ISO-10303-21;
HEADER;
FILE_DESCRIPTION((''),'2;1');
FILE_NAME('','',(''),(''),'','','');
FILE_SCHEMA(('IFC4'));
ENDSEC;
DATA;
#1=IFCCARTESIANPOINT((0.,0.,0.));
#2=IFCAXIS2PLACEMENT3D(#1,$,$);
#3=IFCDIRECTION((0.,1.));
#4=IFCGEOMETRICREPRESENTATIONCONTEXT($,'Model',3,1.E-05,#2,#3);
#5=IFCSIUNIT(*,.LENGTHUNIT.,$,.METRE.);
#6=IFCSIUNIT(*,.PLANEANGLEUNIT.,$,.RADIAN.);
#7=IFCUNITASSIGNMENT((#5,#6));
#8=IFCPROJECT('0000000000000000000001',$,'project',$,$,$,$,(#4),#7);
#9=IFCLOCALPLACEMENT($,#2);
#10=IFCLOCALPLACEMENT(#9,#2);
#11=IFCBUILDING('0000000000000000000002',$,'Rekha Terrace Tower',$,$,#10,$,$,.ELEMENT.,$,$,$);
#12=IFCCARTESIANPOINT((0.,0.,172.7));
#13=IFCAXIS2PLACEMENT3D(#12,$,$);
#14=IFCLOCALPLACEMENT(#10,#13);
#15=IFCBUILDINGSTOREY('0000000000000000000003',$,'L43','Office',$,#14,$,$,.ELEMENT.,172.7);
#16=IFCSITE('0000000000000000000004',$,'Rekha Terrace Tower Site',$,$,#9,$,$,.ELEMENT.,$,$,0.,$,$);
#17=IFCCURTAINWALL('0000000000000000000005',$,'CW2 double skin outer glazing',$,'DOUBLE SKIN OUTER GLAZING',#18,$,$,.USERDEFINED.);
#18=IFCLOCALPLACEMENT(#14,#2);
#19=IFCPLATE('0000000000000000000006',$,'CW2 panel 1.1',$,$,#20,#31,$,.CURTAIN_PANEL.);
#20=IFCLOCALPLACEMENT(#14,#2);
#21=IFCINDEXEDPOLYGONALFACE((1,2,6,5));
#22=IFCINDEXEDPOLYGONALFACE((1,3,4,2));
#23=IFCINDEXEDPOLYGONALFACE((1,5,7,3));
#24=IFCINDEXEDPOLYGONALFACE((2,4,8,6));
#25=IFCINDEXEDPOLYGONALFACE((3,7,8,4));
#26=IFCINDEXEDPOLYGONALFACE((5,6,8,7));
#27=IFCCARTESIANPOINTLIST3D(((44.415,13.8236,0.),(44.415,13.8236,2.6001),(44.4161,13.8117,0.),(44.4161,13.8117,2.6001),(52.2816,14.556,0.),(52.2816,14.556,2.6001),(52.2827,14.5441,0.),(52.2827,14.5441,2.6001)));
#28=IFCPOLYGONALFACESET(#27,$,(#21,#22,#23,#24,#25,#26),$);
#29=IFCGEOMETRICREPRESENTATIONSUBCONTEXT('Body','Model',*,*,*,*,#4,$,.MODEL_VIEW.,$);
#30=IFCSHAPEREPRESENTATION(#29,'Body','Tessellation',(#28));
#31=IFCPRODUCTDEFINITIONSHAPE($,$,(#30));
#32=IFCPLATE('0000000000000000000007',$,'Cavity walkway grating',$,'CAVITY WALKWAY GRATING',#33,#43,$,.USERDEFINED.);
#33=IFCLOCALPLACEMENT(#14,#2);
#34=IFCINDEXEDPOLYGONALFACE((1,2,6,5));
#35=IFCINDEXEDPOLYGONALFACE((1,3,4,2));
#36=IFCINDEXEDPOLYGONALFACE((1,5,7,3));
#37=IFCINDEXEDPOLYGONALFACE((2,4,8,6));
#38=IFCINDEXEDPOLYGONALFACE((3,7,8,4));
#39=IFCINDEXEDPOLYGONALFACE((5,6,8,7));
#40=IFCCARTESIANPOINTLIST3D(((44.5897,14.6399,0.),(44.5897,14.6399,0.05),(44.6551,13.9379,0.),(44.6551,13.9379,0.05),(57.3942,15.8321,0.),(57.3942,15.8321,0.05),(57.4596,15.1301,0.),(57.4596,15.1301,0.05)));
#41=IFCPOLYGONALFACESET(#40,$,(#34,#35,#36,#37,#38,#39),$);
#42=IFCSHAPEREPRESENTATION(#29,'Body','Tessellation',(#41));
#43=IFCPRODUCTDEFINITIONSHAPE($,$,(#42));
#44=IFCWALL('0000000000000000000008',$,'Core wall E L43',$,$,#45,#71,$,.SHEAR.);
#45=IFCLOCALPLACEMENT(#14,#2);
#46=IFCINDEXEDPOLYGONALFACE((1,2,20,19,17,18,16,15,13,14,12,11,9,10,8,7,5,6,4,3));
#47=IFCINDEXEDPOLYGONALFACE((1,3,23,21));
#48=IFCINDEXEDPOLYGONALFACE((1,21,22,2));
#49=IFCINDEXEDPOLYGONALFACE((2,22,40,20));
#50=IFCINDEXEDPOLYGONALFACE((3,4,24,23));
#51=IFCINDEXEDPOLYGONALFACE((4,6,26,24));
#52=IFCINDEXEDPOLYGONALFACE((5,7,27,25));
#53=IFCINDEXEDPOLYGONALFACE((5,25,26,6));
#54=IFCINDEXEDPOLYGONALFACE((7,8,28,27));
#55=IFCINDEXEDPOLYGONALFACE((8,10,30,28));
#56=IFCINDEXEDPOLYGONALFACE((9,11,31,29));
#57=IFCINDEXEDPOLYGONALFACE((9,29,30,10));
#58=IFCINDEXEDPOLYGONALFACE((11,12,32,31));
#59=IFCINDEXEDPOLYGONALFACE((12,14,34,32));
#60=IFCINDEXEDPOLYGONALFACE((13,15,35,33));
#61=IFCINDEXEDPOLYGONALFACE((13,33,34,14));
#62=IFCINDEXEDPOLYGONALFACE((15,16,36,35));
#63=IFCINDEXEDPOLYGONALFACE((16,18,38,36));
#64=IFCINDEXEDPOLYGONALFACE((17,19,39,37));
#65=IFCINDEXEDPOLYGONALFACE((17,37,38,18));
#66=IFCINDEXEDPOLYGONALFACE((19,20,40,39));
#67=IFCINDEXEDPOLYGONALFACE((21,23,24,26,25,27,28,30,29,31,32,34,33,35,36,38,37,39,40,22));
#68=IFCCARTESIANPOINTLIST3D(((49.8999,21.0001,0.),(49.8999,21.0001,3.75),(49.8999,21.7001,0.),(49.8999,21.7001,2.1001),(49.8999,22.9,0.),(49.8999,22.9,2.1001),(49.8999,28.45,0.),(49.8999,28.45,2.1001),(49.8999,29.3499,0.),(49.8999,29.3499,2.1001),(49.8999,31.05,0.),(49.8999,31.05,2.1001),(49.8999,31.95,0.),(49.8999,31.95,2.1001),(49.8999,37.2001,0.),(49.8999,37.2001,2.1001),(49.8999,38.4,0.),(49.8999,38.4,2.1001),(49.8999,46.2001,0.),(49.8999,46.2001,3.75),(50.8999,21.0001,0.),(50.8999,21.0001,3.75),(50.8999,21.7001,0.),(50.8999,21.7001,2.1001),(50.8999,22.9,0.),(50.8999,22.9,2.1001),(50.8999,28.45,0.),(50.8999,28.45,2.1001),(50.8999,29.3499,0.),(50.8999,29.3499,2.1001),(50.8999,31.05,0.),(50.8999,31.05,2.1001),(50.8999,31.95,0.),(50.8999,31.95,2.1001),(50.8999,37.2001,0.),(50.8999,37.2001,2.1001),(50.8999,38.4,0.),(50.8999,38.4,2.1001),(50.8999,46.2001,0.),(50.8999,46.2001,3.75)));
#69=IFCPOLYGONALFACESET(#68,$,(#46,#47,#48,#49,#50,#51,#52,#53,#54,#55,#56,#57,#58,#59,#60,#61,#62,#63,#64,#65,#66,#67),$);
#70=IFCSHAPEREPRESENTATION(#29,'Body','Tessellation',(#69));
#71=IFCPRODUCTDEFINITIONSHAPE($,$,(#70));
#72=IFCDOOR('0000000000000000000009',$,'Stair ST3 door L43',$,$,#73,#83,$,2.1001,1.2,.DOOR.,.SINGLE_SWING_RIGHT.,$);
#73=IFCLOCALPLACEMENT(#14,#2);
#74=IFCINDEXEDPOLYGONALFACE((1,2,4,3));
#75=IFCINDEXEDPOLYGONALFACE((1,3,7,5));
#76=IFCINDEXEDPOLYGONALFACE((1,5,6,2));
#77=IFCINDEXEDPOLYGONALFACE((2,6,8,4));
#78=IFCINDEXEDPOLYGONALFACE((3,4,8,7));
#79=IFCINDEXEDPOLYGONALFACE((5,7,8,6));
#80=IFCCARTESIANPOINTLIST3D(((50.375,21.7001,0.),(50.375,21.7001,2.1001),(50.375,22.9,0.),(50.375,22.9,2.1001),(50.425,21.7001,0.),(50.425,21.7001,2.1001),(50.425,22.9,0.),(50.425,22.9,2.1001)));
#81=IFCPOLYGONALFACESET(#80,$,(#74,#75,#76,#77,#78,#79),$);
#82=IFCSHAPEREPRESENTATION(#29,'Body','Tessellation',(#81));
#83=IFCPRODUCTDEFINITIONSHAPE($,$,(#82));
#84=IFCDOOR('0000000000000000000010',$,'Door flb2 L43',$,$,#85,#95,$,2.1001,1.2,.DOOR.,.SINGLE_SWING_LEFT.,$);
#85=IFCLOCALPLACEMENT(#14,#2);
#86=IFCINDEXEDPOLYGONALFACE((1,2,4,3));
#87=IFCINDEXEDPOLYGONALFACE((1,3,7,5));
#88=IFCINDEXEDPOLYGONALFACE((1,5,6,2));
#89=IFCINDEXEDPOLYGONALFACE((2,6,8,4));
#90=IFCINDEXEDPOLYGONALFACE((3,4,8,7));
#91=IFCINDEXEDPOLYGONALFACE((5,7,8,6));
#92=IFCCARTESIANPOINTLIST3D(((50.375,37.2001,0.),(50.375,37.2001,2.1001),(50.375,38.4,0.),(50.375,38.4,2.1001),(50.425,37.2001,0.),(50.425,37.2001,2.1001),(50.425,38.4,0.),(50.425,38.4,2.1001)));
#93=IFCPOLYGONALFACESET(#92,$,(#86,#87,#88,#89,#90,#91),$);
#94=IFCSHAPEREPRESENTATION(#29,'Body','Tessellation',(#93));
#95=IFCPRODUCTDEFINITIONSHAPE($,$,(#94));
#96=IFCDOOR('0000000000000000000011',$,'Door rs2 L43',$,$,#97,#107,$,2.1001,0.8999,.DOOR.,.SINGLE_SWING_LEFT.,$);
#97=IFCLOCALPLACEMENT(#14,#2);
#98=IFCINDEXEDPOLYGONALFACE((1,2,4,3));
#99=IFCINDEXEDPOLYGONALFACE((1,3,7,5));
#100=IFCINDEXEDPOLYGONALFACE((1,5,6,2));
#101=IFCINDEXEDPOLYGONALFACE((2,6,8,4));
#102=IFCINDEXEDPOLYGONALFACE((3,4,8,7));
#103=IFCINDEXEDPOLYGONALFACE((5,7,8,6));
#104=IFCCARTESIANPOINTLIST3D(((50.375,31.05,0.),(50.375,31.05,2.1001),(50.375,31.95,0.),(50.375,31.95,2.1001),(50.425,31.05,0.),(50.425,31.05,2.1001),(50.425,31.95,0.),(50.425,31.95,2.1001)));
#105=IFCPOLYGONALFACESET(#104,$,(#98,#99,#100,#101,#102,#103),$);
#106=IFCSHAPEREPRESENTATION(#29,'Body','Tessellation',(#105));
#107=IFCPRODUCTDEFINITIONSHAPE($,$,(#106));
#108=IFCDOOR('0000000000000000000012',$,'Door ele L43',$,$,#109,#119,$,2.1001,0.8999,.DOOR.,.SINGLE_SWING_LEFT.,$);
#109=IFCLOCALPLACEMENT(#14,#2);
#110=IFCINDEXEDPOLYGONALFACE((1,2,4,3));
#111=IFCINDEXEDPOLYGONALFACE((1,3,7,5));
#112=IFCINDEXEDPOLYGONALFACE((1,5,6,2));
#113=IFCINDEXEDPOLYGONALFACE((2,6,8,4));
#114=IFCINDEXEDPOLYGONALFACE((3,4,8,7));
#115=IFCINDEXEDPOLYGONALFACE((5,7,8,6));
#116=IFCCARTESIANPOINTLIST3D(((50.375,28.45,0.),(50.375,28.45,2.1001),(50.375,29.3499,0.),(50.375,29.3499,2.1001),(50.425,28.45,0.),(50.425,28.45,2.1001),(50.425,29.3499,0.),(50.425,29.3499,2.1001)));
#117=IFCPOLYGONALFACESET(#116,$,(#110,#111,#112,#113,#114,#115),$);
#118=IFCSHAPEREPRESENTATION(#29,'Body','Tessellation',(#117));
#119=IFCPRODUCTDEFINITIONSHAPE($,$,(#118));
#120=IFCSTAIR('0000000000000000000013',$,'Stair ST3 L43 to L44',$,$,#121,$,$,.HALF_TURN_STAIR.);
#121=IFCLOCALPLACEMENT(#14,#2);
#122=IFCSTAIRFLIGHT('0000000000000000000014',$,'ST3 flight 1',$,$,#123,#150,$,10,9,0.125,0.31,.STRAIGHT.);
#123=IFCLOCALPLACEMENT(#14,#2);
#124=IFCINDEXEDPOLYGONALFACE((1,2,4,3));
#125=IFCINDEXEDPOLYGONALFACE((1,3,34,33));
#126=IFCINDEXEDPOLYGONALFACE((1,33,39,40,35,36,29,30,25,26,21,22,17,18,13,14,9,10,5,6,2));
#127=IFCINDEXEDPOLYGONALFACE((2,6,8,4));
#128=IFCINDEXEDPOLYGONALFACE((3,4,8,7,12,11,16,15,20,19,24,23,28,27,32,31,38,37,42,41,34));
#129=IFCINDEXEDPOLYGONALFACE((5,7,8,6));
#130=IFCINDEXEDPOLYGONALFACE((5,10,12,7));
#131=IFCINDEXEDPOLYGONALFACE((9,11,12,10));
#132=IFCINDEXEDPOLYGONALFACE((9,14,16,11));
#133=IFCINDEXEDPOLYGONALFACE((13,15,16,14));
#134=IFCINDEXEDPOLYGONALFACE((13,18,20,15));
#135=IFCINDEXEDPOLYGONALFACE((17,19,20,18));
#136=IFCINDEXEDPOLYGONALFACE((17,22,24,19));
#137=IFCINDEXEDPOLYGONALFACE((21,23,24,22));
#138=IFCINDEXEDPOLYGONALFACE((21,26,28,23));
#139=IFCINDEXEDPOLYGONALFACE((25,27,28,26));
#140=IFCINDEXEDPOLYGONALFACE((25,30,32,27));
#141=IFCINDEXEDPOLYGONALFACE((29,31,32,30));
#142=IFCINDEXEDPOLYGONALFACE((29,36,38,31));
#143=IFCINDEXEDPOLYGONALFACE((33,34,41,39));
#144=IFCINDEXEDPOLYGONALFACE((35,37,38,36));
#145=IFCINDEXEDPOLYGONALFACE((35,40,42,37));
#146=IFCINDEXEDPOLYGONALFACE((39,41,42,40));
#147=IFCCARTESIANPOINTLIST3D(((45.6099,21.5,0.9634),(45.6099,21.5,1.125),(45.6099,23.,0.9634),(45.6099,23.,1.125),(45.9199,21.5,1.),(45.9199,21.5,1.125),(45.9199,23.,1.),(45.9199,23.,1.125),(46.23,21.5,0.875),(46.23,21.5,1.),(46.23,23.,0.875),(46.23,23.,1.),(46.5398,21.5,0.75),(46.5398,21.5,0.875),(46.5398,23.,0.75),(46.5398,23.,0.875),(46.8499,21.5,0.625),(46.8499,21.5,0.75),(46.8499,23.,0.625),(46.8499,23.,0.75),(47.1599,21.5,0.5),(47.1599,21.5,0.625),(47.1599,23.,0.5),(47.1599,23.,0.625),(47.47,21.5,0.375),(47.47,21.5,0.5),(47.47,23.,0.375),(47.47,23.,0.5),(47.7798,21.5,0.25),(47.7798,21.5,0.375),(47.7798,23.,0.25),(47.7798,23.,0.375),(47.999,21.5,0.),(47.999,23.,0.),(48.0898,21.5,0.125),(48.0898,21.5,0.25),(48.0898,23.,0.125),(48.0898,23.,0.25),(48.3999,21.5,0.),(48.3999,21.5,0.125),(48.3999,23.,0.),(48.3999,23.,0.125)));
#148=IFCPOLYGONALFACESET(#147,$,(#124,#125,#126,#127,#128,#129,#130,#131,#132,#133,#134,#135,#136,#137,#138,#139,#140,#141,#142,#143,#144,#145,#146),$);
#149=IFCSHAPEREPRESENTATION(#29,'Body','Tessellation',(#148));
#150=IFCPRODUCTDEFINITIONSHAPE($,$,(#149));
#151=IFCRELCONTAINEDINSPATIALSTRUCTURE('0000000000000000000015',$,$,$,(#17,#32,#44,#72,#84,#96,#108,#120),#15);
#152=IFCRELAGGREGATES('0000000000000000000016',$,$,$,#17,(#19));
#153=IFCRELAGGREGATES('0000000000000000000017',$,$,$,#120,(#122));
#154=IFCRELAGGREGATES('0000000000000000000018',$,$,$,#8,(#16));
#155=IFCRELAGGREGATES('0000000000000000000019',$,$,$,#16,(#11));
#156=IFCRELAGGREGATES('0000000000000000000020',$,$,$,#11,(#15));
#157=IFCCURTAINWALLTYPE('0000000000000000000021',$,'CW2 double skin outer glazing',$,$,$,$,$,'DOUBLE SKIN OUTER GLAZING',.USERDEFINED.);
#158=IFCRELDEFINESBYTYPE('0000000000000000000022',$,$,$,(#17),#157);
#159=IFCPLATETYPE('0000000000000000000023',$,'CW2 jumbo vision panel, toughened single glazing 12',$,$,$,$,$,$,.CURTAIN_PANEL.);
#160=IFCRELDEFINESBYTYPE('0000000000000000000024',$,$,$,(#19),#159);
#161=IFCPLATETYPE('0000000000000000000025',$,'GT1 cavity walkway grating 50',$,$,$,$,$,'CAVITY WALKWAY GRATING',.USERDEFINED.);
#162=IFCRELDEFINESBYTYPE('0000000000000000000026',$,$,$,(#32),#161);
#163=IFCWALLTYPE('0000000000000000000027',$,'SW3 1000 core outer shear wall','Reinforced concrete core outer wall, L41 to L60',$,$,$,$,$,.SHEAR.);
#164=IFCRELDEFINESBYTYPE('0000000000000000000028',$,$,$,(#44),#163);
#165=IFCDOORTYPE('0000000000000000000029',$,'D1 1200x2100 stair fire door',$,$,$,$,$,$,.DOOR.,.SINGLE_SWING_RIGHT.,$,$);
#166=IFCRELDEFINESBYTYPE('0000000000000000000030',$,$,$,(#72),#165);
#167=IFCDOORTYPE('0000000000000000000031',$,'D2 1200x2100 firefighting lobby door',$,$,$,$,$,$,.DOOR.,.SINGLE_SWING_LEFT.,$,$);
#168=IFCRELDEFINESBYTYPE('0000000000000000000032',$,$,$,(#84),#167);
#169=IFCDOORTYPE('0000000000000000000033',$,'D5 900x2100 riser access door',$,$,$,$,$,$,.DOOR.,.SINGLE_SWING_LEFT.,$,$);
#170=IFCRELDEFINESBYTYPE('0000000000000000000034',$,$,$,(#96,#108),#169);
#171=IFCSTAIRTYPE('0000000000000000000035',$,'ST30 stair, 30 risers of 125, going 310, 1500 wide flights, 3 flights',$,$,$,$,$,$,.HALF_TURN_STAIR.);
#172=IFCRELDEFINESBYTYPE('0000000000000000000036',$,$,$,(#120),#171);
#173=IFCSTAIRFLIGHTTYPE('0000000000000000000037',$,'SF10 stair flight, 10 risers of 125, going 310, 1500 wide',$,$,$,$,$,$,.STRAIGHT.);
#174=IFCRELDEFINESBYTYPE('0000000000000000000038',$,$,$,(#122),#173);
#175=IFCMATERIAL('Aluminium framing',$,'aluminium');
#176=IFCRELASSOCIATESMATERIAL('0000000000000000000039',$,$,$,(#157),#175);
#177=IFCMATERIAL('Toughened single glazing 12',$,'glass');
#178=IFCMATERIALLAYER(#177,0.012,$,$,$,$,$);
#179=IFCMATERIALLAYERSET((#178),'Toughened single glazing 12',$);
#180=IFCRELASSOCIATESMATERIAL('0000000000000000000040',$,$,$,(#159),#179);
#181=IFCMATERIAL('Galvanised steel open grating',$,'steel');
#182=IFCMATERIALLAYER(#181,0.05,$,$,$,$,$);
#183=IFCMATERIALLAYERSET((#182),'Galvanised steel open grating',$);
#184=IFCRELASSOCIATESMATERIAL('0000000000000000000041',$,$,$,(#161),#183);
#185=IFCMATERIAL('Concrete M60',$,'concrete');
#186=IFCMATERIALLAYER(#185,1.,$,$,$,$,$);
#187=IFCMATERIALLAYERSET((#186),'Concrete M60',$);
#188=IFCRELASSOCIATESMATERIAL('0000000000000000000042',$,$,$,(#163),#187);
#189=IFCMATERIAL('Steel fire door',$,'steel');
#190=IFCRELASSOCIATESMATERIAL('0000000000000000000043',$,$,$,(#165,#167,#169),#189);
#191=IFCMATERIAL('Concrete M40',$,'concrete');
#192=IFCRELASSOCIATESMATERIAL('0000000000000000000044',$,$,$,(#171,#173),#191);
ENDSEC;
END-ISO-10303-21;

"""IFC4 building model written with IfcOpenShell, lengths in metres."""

from ifc_helpers import new_model, si_unit, direction, frame, frame_2d, origin, origin_2d, place, context, subcontext, project, spatial, polyline, rectangle, outline, extrude, material, layer, layer_set, type_object, element, fill, aggregate, save


model = new_model("IFC4")

# Units and contexts
model_context = context("Model", 3, precision=1e-05, world=origin(), true_north=direction((0.0, 1.0)))
body_context = subcontext(model_context, "Body", "Model", "MODEL_VIEW")
ifc_project = project(units=[si_unit("LENGTHUNIT", "METRE"), si_unit("PLANEANGLEUNIT", "RADIAN")], contexts=[model_context])

# Site, building, storey
site_placement = place(None, origin())
site = spatial("IfcSite", under=ifc_project, at=site_placement, Name="Rekha Terrace Tower Site", CompositionType="ELEMENT", RefElevation=0.0)
building_placement = place(site_placement, origin())
building = spatial("IfcBuilding", under=site, at=building_placement, Name="Rekha Terrace Tower", CompositionType="ELEMENT")
storey_placement = place(building_placement, frame((0.0, 0.0, 172.7)))
storey = spatial("IfcBuildingStorey", under=building, at=storey_placement, Name="L43", Description="Office", CompositionType="ELEMENT", Elevation=172.7)

# Shared definitions
ifc_material_1 = material(Name="Concrete M60", Category="concrete")

# Shared definitions
ifc_material_2 = material(Name="Aluminium framing", Category="aluminium")

# Curtain wall
curtain_wall_type_1 = type_object("IfcCurtainWallType", Name="CW2 double skin outer glazing", ElementType="DOUBLE SKIN OUTER GLAZING", PredefinedType="USERDEFINED", material=ifc_material_2)
curtain_wall_1_placement = place(storey_placement, origin())
curtain_wall_1 = element("IfcCurtainWall", 1, at=curtain_wall_1_placement, inside=storey, type_object=curtain_wall_type_1, Name="CW2 double skin outer glazing", ObjectType="DOUBLE SKIN OUTER GLAZING", PredefinedType="USERDEFINED")

# Plates
ifc_material_3 = material(Name="Toughened single glazing 12", Category="glass")
ifc_layer_1 = layer(ifc_material_3, 0.012)
ifc_layer_set_1 = layer_set([ifc_layer_1], Name="Toughened single glazing 12")
plate_type_1 = type_object("IfcPlateType", Name="CW2 jumbo vision panel, toughened single glazing 12", PredefinedType="CURTAIN_PANEL", material=ifc_layer_set_1)
plate_1_placement = place(storey_placement, frame((48.3489, 14.1838, 0.0), z_axis=(0.0, 0.0, 1.0), x_axis=(0.995693, 0.092709, 0.0)))
plate_1 = element("IfcPlate", 2, at=plate_1_placement, type_object=plate_type_1, Name="CW2 panel 1.1", PredefinedType="CURTAIN_PANEL", context=body_context, shape_type="SweptSolid", body=[
    extrude(rectangle(XDim=7.9006, YDim=0.012, at=origin_2d()), origin(), (0.0, 0.0, 1.0), 2.6001),
])
aggregate(curtain_wall_1, [plate_1])
ifc_material_4 = material(Name="Galvanised steel open grating", Category="steel")
ifc_layer_2 = layer(ifc_material_4, 0.05)
ifc_layer_set_2 = layer_set([ifc_layer_2], Name="Galvanised steel open grating")
plate_type_2 = type_object("IfcPlateType", Name="GT1 cavity walkway grating 50", ElementType="CAVITY WALKWAY GRATING", PredefinedType="USERDEFINED", material=ifc_layer_set_2)
plate_2_placement = place(storey_placement, frame((51.0247, 14.885, 0.0), z_axis=(0.0, 0.0, 1.0), x_axis=(0.995693, 0.092709, 0.0)))
element("IfcPlate", 3, at=plate_2_placement, inside=storey, type_object=plate_type_2, Name="Cavity walkway grating", ObjectType="CAVITY WALKWAY GRATING", PredefinedType="USERDEFINED", context=body_context, shape_type="SweptSolid", body=[
    extrude(rectangle(XDim=12.8599, YDim=0.7051, at=origin_2d()), origin(), (0.0, 0.0, 1.0), 0.05),
])

# Wall, openings, doors
ifc_layer_3 = layer(ifc_material_1, 1.0)
ifc_layer_set_3 = layer_set([ifc_layer_3], Name="Concrete M60")
wall_type = type_object("IfcWallType", Name="SW3 1000 core outer shear wall", Description="Reinforced concrete core outer wall, L41 to L60", PredefinedType="SHEAR", material=ifc_layer_set_3)
wall_placement = place(storey_placement, frame((50.3999, 21.0, 0.0), z_axis=(0.0, 0.0, 1.0), x_axis=(0.0, 1.0, 0.0)))
wall = element("IfcWall", 4, at=wall_placement, inside=storey, type_object=wall_type, Name="Core wall E L43", PredefinedType="SHEAR", context=body_context, shape_type="SweptSolid", body=[
    extrude(rectangle(XDim=25.2, YDim=1.0, at=frame_2d((12.6001, 0.0))), origin(), (0.0, 0.0, 1.0), 3.75),
])
opening_1_placement = place(wall_placement, frame((16.2, 0.0, 0.0)))
opening_1 = element("IfcOpeningElement", 5, at=opening_1_placement, cuts=wall, PredefinedType="OPENING", context=body_context, shape_type="SweptSolid", body=[
    extrude(rectangle(XDim=1.2, YDim=2.1001, at=frame_2d((0.6001, 1.05))), frame((0.0, 0.51, 0.0), z_axis=(0.0, -1.0, 0.0), x_axis=(1.0, 0.0, 0.0)), (0.0, 0.0, 1.0), 1.02),
])
opening_2_placement = place(wall_placement, frame((10.05, 0.0, 0.0)))
opening_2 = element("IfcOpeningElement", 6, at=opening_2_placement, cuts=wall, PredefinedType="OPENING", context=body_context, shape_type="SweptSolid", body=[
    extrude(rectangle(XDim=0.8999, YDim=2.1001, at=frame_2d((0.45, 1.05))), frame((0.0, 0.51, 0.0), z_axis=(0.0, -1.0, 0.0), x_axis=(1.0, 0.0, 0.0)), (0.0, 0.0, 1.0), 1.02),
])
opening_3_placement = place(wall_placement, frame((7.45, 0.0, 0.0)))
opening_3 = element("IfcOpeningElement", 7, at=opening_3_placement, cuts=wall, PredefinedType="OPENING", context=body_context, shape_type="SweptSolid", body=[
    extrude(rectangle(XDim=0.8999, YDim=2.1001, at=frame_2d((0.45, 1.05))), frame((0.0, 0.51, 0.0), z_axis=(0.0, -1.0, 0.0), x_axis=(1.0, 0.0, 0.0)), (0.0, 0.0, 1.0), 1.02),
])
opening_4_placement = place(wall_placement, frame((0.7, 0.0, 0.0)))
opening_4 = element("IfcOpeningElement", 8, at=opening_4_placement, cuts=wall, PredefinedType="OPENING", context=body_context, shape_type="SweptSolid", body=[
    extrude(rectangle(XDim=1.2, YDim=2.1001, at=frame_2d((0.6001, 1.05))), frame((0.0, 0.51, 0.0), z_axis=(0.0, -1.0, 0.0), x_axis=(1.0, 0.0, 0.0)), (0.0, 0.0, 1.0), 1.02),
])
ifc_material_5 = material(Name="Steel fire door", Category="steel")
door_type_1 = type_object("IfcDoorType", Name="D1 1200x2100 stair fire door", OperationType="SINGLE_SWING_RIGHT", PredefinedType="DOOR", material=ifc_material_5)
door_1_placement = place(opening_4_placement, origin())
door_1 = element("IfcDoor", 9, at=door_1_placement, inside=storey, type_object=door_type_1, Name="Stair ST3 door L43", OperationType="SINGLE_SWING_RIGHT", OverallHeight=2.1001, OverallWidth=1.2, PredefinedType="DOOR", context=body_context, shape_type="SweptSolid", body=[
    extrude(rectangle(XDim=1.2, YDim=2.1001, at=frame_2d((0.6001, 1.05))), frame((0.0, 0.0249, 0.0), z_axis=(0.0, -1.0, 0.0), x_axis=(1.0, 0.0, 0.0)), (0.0, 0.0, 1.0), 0.05),
])
fill(opening_4, door_1)
door_type_2 = type_object("IfcDoorType", Name="D2 1200x2100 firefighting lobby door", OperationType="SINGLE_SWING_LEFT", PredefinedType="DOOR", material=ifc_material_5)
door_2_placement = place(opening_1_placement, origin())
door_2 = element("IfcDoor", 10, at=door_2_placement, inside=storey, type_object=door_type_2, Name="Door flb2 L43", OperationType="SINGLE_SWING_LEFT", OverallHeight=2.1001, OverallWidth=1.2, PredefinedType="DOOR", context=body_context, shape_type="SweptSolid", body=[
    extrude(rectangle(XDim=1.2, YDim=2.1001, at=frame_2d((0.6001, 1.05))), frame((0.0, 0.0249, 0.0), z_axis=(0.0, -1.0, 0.0), x_axis=(1.0, 0.0, 0.0)), (0.0, 0.0, 1.0), 0.05),
])
fill(opening_1, door_2)
door_type_3 = type_object("IfcDoorType", Name="D5 900x2100 riser access door", OperationType="SINGLE_SWING_LEFT", PredefinedType="DOOR", material=ifc_material_5)
door_3_placement = place(opening_2_placement, origin())
door_3 = element("IfcDoor", 11, at=door_3_placement, inside=storey, type_object=door_type_3, Name="Door rs2 L43", OperationType="SINGLE_SWING_LEFT", OverallHeight=2.1001, OverallWidth=0.8999, PredefinedType="DOOR", context=body_context, shape_type="SweptSolid", body=[
    extrude(rectangle(XDim=0.8999, YDim=2.1001, at=frame_2d((0.45, 1.05))), frame((0.0, 0.0249, 0.0), z_axis=(0.0, -1.0, 0.0), x_axis=(1.0, 0.0, 0.0)), (0.0, 0.0, 1.0), 0.05),
])
fill(opening_2, door_3)
door_4_placement = place(opening_3_placement, origin())
door_4 = element("IfcDoor", 12, at=door_4_placement, inside=storey, type_object=door_type_3, Name="Door ele L43", OperationType="SINGLE_SWING_LEFT", OverallHeight=2.1001, OverallWidth=0.8999, PredefinedType="DOOR", context=body_context, shape_type="SweptSolid", body=[
    extrude(rectangle(XDim=0.8999, YDim=2.1001, at=frame_2d((0.45, 1.05))), frame((0.0, 0.0249, 0.0), z_axis=(0.0, -1.0, 0.0), x_axis=(1.0, 0.0, 0.0)), (0.0, 0.0, 1.0), 0.05),
])
fill(opening_3, door_4)

# Stair, stair flight
ifc_material_6 = material(Name="Concrete M40", Category="concrete")
stair_type = type_object("IfcStairType", Name="ST30 stair, 30 risers of 125, going 310, 1500 wide flights, 3 flights", PredefinedType="HALF_TURN_STAIR", material=ifc_material_6)
stair_placement = place(storey_placement, origin())
stair = element("IfcStair", 13, at=stair_placement, inside=storey, type_object=stair_type, Name="Stair ST3 L43 to L44", PredefinedType="HALF_TURN_STAIR")
stair_flight_type = type_object("IfcStairFlightType", Name="SF10 stair flight, 10 risers of 125, going 310, 1500 wide", PredefinedType="STRAIGHT", material=ifc_material_6)
stair_flight_1_placement = place(storey_placement, frame((48.3999, 22.25, 0.0), z_axis=(0.0, 0.0, 1.0), x_axis=(-1.0, 0.0, 0.0)))
stair_flight_1 = element("IfcStairFlight", 14, at=stair_flight_1_placement, type_object=stair_flight_type, Name="ST3 flight 1", NumberOfRisers=10, NumberOfTreads=9, PredefinedType="STRAIGHT", RiserHeight=0.125, TreadLength=0.31, context=body_context, shape_type="SweptSolid", body=[
    extrude(outline(polyline([(0.0, 0.0), (0.0, 0.125), (0.3101, 0.125), (0.3101, 0.25), (0.6201, 0.25), (0.6201, 0.375), (0.9299, 0.375), (0.9299, 0.5), (1.24, 0.5), (1.24, 0.625), (1.55, 0.625), (1.55, 0.75), (1.8601, 0.75), (1.8601, 0.875), (2.1699, 0.875), (2.1699, 1.0), (2.48, 1.0), (2.48, 1.125), (2.79, 1.125), (2.79, 1.25), (2.79, 0.9634), (0.4009, 0.0), (0.0, 0.0)])), frame((0.0, 0.75, 0.0), z_axis=(0.0, -1.0, 0.0), x_axis=(1.0, 0.0, 0.0)), (0.0, 0.0, 1.0), 1.5),
])
aggregate(stair, [stair_flight_1])

save(model, "model.ifc")
